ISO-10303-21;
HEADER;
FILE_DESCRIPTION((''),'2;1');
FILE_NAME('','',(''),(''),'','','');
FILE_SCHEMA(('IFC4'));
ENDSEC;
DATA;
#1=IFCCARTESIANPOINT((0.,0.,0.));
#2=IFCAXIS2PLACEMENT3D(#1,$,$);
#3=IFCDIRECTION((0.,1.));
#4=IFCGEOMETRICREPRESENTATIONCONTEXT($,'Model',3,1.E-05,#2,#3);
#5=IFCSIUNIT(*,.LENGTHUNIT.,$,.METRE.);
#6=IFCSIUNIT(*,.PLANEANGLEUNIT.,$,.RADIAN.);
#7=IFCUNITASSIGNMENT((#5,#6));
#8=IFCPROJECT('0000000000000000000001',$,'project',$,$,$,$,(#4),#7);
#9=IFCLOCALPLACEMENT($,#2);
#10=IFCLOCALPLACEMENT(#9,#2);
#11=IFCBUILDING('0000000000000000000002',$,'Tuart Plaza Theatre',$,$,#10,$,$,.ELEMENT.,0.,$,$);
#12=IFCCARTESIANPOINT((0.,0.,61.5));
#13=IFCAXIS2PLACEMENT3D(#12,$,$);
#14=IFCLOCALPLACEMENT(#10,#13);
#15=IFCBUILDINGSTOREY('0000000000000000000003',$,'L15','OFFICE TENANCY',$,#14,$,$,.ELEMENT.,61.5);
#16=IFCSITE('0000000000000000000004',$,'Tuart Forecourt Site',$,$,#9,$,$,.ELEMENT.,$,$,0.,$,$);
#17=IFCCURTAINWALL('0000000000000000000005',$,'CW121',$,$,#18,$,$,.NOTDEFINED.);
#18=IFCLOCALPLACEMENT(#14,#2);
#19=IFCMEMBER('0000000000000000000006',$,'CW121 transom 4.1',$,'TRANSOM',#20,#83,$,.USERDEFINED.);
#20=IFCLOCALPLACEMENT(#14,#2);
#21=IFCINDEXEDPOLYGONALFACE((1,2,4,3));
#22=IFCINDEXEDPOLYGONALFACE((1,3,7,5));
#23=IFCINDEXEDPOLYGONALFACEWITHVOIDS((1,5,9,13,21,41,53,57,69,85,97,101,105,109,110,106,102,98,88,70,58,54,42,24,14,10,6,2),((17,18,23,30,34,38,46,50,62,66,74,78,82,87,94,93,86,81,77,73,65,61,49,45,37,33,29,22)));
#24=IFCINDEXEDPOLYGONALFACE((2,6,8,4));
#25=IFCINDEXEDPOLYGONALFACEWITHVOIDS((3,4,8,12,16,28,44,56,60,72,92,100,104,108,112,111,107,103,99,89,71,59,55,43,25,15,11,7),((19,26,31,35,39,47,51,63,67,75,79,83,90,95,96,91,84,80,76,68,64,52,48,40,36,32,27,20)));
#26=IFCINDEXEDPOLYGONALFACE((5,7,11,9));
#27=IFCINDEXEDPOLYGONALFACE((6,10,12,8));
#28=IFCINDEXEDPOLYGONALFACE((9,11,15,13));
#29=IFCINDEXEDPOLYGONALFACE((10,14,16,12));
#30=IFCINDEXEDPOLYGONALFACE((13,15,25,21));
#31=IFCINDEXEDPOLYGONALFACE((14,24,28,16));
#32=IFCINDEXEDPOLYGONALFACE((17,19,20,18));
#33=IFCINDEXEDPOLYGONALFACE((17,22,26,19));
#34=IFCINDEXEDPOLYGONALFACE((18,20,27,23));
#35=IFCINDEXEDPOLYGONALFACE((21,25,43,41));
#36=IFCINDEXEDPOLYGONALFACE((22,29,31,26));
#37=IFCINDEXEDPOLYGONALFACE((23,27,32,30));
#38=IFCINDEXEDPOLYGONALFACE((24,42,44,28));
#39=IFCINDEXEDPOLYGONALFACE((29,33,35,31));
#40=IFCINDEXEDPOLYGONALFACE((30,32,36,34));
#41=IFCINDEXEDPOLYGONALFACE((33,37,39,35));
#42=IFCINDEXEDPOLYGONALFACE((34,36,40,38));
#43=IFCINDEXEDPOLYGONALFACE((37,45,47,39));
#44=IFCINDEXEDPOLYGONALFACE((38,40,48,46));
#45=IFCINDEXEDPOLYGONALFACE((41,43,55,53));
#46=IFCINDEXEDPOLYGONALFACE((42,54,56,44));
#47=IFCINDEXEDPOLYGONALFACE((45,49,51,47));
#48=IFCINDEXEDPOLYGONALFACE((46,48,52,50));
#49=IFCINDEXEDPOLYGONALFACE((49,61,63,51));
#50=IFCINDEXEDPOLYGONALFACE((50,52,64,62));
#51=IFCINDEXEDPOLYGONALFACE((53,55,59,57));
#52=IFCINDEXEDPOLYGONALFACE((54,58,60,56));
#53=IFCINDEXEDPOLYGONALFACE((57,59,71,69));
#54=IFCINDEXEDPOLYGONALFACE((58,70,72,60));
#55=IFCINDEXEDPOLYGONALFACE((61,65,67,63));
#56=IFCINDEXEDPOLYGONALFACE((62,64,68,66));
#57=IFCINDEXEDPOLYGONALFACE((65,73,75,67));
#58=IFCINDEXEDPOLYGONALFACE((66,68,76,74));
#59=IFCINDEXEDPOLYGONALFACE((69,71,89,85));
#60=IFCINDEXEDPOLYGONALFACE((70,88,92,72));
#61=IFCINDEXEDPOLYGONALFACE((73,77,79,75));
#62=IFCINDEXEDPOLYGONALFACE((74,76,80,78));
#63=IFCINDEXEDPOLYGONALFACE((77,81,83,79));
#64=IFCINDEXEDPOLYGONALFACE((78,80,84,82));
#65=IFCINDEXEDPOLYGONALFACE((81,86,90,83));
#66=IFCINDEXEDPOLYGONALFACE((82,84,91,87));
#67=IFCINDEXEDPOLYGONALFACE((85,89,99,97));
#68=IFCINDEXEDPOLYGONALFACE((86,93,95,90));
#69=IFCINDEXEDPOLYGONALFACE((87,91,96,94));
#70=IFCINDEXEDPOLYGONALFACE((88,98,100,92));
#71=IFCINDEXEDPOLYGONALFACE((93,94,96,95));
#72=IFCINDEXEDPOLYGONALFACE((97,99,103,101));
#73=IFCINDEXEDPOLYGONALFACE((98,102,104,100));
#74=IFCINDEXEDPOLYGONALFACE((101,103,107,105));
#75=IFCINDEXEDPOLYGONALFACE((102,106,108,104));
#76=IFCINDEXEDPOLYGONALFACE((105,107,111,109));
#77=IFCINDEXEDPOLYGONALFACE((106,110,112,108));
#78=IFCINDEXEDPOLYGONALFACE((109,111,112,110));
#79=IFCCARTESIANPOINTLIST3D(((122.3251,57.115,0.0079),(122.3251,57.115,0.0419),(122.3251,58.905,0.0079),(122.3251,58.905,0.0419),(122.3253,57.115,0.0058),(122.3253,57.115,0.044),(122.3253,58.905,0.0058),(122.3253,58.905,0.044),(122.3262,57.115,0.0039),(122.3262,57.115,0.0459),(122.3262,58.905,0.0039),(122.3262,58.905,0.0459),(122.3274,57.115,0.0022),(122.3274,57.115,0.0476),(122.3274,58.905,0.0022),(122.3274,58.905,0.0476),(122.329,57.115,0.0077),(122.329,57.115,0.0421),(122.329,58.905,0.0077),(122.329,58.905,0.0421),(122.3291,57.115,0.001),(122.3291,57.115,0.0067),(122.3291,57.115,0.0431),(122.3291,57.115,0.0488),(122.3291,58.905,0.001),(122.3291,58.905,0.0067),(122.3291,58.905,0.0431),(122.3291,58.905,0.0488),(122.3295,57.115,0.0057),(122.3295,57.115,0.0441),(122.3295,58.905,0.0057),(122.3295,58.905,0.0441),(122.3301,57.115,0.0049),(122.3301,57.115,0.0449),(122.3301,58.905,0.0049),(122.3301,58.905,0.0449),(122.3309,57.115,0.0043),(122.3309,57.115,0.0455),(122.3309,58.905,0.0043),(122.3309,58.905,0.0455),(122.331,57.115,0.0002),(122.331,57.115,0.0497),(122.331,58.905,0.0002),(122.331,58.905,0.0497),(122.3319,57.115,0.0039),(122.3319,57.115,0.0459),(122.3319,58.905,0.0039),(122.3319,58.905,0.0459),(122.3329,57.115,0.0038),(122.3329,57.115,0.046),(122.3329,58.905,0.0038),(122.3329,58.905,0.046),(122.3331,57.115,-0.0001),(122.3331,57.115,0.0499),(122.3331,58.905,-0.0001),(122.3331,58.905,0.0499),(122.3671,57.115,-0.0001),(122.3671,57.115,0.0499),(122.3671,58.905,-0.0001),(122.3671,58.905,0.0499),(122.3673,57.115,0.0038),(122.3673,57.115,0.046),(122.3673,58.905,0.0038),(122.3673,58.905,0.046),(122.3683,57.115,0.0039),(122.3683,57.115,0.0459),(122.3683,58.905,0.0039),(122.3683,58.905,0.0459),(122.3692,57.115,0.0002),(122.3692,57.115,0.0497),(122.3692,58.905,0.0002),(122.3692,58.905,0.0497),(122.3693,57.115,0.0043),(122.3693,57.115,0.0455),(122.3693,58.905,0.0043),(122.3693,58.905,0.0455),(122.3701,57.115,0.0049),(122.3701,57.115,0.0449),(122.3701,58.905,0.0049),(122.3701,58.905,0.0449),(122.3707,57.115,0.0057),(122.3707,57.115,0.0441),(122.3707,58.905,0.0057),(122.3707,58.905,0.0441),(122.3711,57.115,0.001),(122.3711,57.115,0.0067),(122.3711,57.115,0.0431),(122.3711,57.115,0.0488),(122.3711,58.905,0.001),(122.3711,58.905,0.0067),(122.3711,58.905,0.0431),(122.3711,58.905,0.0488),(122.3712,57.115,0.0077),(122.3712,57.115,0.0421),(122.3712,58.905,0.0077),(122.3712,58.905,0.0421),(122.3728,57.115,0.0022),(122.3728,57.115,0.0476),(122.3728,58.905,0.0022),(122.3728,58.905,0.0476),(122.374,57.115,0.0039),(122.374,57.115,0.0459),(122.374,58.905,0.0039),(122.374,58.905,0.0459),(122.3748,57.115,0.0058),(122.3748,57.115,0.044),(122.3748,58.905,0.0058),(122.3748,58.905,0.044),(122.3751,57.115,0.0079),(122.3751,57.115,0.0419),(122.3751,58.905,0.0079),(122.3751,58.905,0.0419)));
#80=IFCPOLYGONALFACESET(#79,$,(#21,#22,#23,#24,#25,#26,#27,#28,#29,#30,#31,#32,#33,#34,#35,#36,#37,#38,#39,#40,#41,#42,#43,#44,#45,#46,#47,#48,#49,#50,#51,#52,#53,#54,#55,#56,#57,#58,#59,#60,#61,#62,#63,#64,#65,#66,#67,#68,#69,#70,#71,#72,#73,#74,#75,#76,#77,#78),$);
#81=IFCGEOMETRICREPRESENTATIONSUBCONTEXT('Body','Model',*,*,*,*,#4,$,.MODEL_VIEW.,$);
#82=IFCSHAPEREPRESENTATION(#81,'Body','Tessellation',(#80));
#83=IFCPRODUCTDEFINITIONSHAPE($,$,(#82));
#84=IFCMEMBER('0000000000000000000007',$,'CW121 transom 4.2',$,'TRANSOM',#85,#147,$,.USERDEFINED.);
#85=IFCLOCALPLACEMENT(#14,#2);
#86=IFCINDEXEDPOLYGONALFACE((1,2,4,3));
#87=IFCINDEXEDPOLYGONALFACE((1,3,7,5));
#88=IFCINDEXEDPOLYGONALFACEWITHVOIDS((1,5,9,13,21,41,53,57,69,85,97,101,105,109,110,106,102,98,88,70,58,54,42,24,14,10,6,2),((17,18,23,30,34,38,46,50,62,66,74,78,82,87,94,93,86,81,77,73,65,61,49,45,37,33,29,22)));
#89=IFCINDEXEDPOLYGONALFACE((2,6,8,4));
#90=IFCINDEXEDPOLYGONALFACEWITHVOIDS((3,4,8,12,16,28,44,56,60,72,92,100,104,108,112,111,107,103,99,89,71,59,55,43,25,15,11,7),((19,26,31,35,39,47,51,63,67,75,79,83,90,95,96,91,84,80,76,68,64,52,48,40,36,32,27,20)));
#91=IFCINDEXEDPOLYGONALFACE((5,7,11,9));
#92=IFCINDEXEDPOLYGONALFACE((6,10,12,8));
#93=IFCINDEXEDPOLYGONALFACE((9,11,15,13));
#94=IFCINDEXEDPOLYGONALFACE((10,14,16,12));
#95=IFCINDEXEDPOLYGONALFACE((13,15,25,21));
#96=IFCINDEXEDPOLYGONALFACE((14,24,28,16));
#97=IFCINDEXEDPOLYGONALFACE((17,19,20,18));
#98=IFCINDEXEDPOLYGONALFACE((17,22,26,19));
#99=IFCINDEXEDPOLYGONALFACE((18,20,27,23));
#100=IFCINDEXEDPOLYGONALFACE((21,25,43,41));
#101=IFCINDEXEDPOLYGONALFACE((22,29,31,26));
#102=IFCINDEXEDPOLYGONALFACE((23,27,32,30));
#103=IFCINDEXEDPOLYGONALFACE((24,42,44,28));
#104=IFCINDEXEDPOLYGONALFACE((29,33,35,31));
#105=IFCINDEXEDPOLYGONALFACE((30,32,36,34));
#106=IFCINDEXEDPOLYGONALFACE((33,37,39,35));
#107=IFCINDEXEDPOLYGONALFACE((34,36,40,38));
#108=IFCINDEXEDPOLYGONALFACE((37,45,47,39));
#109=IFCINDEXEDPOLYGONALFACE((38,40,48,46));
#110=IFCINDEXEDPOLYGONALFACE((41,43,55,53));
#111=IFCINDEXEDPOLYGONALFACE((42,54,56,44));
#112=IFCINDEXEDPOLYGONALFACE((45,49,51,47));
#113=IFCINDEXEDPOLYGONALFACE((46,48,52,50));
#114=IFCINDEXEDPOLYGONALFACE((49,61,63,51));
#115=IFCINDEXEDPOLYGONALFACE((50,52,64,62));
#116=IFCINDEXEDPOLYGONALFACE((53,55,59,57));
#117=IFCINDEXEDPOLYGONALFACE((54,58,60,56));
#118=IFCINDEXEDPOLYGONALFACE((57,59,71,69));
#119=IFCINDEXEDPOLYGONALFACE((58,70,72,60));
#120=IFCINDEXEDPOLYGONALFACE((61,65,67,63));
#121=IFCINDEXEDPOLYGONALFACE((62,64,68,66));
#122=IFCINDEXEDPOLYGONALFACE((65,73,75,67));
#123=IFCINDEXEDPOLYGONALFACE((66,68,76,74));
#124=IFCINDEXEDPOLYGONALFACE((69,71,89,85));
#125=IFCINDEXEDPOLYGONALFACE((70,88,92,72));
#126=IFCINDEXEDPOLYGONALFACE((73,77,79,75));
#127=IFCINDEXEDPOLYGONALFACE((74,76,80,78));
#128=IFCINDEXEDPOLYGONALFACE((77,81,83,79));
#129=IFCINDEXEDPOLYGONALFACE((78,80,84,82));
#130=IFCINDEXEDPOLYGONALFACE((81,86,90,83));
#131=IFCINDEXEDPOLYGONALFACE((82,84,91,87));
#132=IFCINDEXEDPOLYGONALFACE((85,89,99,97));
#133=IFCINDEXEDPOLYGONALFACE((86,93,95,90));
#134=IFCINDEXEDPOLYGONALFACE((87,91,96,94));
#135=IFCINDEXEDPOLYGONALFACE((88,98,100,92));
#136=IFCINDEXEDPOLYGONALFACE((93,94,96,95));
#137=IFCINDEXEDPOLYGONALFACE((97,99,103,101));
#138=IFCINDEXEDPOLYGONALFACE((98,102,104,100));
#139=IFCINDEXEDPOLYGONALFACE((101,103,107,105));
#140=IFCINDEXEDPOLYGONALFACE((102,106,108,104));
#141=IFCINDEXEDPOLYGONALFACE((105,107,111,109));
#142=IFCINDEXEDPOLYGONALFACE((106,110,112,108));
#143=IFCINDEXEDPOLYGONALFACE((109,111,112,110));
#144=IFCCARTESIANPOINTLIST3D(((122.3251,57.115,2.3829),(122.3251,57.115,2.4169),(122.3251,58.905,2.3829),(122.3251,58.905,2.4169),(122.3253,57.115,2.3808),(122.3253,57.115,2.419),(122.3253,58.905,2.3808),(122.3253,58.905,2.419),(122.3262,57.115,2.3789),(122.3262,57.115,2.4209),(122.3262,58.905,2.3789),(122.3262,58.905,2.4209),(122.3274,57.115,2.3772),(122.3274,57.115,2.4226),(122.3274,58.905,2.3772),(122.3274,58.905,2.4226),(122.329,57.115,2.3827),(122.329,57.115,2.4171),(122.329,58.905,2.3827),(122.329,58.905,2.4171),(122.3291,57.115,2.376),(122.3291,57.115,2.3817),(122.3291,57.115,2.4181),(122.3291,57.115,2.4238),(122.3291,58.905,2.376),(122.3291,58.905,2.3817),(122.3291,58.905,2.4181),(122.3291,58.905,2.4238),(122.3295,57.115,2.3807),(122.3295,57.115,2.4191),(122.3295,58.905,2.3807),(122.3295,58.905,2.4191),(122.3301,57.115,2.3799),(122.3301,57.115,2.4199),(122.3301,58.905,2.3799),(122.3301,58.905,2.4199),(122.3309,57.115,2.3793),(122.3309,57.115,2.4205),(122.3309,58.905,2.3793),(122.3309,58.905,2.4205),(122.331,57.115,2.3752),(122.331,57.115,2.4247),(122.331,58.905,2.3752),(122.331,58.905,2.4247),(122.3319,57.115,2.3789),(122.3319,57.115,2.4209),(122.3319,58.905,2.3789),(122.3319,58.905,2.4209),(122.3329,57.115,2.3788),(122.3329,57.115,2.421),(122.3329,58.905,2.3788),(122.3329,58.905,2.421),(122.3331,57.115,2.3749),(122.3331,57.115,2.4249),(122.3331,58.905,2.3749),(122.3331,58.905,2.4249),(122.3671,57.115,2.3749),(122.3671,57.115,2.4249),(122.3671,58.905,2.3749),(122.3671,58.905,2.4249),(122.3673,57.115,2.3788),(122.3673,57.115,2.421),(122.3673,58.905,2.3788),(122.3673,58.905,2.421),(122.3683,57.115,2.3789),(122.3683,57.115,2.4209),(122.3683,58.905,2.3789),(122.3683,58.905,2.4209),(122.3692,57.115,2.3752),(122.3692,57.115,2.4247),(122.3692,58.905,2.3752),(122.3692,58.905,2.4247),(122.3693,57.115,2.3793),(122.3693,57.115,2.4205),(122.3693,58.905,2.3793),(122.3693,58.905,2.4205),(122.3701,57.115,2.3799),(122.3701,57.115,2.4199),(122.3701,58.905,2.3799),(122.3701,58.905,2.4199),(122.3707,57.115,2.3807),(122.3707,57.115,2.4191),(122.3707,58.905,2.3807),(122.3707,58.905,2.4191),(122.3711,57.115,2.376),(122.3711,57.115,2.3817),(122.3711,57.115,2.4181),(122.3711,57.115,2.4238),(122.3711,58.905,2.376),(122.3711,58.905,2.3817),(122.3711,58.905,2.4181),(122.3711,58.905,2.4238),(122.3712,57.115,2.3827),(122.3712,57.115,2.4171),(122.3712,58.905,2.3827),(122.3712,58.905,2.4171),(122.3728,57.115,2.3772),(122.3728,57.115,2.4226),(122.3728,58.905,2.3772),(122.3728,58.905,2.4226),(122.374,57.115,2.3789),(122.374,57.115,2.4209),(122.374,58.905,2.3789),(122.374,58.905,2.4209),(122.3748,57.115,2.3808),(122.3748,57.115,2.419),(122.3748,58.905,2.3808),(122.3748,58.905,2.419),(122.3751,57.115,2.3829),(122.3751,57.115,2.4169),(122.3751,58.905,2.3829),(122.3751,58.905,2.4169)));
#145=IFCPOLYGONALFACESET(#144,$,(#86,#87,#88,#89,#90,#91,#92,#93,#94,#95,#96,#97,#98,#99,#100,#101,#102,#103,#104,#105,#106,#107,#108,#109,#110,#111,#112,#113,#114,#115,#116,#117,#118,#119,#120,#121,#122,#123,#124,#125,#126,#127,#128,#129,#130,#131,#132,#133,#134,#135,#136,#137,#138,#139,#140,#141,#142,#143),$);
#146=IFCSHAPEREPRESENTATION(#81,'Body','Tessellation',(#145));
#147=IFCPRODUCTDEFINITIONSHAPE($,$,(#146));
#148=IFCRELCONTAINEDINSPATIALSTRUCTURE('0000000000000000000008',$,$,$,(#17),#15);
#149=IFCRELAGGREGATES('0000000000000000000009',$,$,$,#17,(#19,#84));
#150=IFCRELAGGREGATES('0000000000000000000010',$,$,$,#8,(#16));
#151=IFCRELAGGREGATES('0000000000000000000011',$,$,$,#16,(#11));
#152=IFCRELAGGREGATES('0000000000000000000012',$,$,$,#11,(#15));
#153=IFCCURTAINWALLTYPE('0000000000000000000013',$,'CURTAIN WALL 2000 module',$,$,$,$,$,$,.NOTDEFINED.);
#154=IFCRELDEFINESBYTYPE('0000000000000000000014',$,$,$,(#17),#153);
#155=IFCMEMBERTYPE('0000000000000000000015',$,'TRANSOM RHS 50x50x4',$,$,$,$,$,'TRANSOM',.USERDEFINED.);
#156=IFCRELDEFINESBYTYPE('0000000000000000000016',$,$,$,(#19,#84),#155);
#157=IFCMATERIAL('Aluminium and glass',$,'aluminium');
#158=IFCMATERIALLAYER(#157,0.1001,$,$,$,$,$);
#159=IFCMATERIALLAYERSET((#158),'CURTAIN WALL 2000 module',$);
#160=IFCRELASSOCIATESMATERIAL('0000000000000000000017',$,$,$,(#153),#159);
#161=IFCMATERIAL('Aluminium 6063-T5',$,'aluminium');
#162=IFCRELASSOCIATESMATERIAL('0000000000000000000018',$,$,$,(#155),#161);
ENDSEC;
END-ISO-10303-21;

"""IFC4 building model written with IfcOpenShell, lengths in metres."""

from ifc_helpers import new_model, si_unit, direction, frame, origin, origin_2d, place, context, subcontext, project, spatial, hollow_rectangle, extrude, material, layer, layer_set, material_profile, profile_set, type_object, element, aggregate, save


model = new_model("IFC4")

# Units and contexts
model_context = context("Model", 3, precision=1e-05, world=origin(), true_north=direction((0.0, 1.0)))
body_context = subcontext(model_context, "Body", "Model", "MODEL_VIEW")
ifc_project = project(units=[si_unit("LENGTHUNIT", "METRE"), si_unit("PLANEANGLEUNIT", "RADIAN")], contexts=[model_context])

# Site, building, storey
site_placement = place(None, origin())
site = spatial("IfcSite", under=ifc_project, at=site_placement, Name="Tuart Forecourt Site", CompositionType="ELEMENT", RefElevation=0.0)
building_placement = place(site_placement, origin())
building = spatial("IfcBuilding", under=site, at=building_placement, Name="Tuart Plaza Theatre", CompositionType="ELEMENT", ElevationOfRefHeight=0.0)
storey_placement = place(building_placement, frame((0.0, 0.0, 61.5)))
storey = spatial("IfcBuildingStorey", under=building, at=storey_placement, Name="L15", Description="OFFICE TENANCY", CompositionType="ELEMENT", Elevation=61.5)

# Curtain wall, members
ifc_material_1 = material(Name="Aluminium and glass", Category="aluminium")
ifc_layer_1 = layer(ifc_material_1, 0.1001)
ifc_layer_set_1 = layer_set([ifc_layer_1], Name="CURTAIN WALL 2000 module")
curtain_wall_type = type_object("IfcCurtainWallType", Name="CURTAIN WALL 2000 module", PredefinedType="NOTDEFINED", material=ifc_layer_set_1)
curtain_wall_placement = place(storey_placement, origin())
curtain_wall = element("IfcCurtainWall", 1, at=curtain_wall_placement, inside=storey, type_object=curtain_wall_type, Name="CW121", PredefinedType="NOTDEFINED")
ifc_material_2 = material(Name="Aluminium 6063-T5", Category="aluminium")
ifc_material_profile_1 = material_profile(ifc_material_2, hollow_rectangle(XDim=0.05, YDim=0.05, WallThickness=0.0039, InnerFilletRadius=0.0039, OuterFilletRadius=0.0081, at=origin_2d()), Name="RHS 50x50x4")
ifc_profile_set_1 = profile_set([ifc_material_profile_1], Name="Aluminium 6063-T5")
member_type_1 = type_object("IfcMemberType", Name="TRANSOM RHS 50x50x4", ElementType="TRANSOM", PredefinedType="USERDEFINED", material=ifc_profile_set_1)
member_1_placement = place(storey_placement, frame((122.3501, 58.905, 0.0249), z_axis=(0.0, -1.0, 0.0), x_axis=(1.0, 0.0, 0.0)))
member_1 = element("IfcMember", 2, at=member_1_placement, type_object=member_type_1, Name="CW121 transom 4.1", ObjectType="TRANSOM", PredefinedType="USERDEFINED", context=body_context, shape_type="SweptSolid", body=[
    extrude(hollow_rectangle(XDim=0.05, YDim=0.05, WallThickness=0.0039, InnerFilletRadius=0.0039, OuterFilletRadius=0.0081, at=origin_2d()), origin(), (0.0, 0.0, 1.0), 1.79),
])
member_2_placement = place(storey_placement, frame((122.3501, 58.905, 2.3999), z_axis=(0.0, -1.0, 0.0), x_axis=(1.0, 0.0, 0.0)))
member_2 = element("IfcMember", 3, at=member_2_placement, type_object=member_type_1, Name="CW121 transom 4.2", ObjectType="TRANSOM", PredefinedType="USERDEFINED", context=body_context, shape_type="SweptSolid", body=[
    extrude(hollow_rectangle(XDim=0.05, YDim=0.05, WallThickness=0.0039, InnerFilletRadius=0.0039, OuterFilletRadius=0.0081, at=origin_2d()), origin(), (0.0, 0.0, 1.0), 1.79),
])
aggregate(curtain_wall, [member_1, member_2])

save(model, "model.ifc")
